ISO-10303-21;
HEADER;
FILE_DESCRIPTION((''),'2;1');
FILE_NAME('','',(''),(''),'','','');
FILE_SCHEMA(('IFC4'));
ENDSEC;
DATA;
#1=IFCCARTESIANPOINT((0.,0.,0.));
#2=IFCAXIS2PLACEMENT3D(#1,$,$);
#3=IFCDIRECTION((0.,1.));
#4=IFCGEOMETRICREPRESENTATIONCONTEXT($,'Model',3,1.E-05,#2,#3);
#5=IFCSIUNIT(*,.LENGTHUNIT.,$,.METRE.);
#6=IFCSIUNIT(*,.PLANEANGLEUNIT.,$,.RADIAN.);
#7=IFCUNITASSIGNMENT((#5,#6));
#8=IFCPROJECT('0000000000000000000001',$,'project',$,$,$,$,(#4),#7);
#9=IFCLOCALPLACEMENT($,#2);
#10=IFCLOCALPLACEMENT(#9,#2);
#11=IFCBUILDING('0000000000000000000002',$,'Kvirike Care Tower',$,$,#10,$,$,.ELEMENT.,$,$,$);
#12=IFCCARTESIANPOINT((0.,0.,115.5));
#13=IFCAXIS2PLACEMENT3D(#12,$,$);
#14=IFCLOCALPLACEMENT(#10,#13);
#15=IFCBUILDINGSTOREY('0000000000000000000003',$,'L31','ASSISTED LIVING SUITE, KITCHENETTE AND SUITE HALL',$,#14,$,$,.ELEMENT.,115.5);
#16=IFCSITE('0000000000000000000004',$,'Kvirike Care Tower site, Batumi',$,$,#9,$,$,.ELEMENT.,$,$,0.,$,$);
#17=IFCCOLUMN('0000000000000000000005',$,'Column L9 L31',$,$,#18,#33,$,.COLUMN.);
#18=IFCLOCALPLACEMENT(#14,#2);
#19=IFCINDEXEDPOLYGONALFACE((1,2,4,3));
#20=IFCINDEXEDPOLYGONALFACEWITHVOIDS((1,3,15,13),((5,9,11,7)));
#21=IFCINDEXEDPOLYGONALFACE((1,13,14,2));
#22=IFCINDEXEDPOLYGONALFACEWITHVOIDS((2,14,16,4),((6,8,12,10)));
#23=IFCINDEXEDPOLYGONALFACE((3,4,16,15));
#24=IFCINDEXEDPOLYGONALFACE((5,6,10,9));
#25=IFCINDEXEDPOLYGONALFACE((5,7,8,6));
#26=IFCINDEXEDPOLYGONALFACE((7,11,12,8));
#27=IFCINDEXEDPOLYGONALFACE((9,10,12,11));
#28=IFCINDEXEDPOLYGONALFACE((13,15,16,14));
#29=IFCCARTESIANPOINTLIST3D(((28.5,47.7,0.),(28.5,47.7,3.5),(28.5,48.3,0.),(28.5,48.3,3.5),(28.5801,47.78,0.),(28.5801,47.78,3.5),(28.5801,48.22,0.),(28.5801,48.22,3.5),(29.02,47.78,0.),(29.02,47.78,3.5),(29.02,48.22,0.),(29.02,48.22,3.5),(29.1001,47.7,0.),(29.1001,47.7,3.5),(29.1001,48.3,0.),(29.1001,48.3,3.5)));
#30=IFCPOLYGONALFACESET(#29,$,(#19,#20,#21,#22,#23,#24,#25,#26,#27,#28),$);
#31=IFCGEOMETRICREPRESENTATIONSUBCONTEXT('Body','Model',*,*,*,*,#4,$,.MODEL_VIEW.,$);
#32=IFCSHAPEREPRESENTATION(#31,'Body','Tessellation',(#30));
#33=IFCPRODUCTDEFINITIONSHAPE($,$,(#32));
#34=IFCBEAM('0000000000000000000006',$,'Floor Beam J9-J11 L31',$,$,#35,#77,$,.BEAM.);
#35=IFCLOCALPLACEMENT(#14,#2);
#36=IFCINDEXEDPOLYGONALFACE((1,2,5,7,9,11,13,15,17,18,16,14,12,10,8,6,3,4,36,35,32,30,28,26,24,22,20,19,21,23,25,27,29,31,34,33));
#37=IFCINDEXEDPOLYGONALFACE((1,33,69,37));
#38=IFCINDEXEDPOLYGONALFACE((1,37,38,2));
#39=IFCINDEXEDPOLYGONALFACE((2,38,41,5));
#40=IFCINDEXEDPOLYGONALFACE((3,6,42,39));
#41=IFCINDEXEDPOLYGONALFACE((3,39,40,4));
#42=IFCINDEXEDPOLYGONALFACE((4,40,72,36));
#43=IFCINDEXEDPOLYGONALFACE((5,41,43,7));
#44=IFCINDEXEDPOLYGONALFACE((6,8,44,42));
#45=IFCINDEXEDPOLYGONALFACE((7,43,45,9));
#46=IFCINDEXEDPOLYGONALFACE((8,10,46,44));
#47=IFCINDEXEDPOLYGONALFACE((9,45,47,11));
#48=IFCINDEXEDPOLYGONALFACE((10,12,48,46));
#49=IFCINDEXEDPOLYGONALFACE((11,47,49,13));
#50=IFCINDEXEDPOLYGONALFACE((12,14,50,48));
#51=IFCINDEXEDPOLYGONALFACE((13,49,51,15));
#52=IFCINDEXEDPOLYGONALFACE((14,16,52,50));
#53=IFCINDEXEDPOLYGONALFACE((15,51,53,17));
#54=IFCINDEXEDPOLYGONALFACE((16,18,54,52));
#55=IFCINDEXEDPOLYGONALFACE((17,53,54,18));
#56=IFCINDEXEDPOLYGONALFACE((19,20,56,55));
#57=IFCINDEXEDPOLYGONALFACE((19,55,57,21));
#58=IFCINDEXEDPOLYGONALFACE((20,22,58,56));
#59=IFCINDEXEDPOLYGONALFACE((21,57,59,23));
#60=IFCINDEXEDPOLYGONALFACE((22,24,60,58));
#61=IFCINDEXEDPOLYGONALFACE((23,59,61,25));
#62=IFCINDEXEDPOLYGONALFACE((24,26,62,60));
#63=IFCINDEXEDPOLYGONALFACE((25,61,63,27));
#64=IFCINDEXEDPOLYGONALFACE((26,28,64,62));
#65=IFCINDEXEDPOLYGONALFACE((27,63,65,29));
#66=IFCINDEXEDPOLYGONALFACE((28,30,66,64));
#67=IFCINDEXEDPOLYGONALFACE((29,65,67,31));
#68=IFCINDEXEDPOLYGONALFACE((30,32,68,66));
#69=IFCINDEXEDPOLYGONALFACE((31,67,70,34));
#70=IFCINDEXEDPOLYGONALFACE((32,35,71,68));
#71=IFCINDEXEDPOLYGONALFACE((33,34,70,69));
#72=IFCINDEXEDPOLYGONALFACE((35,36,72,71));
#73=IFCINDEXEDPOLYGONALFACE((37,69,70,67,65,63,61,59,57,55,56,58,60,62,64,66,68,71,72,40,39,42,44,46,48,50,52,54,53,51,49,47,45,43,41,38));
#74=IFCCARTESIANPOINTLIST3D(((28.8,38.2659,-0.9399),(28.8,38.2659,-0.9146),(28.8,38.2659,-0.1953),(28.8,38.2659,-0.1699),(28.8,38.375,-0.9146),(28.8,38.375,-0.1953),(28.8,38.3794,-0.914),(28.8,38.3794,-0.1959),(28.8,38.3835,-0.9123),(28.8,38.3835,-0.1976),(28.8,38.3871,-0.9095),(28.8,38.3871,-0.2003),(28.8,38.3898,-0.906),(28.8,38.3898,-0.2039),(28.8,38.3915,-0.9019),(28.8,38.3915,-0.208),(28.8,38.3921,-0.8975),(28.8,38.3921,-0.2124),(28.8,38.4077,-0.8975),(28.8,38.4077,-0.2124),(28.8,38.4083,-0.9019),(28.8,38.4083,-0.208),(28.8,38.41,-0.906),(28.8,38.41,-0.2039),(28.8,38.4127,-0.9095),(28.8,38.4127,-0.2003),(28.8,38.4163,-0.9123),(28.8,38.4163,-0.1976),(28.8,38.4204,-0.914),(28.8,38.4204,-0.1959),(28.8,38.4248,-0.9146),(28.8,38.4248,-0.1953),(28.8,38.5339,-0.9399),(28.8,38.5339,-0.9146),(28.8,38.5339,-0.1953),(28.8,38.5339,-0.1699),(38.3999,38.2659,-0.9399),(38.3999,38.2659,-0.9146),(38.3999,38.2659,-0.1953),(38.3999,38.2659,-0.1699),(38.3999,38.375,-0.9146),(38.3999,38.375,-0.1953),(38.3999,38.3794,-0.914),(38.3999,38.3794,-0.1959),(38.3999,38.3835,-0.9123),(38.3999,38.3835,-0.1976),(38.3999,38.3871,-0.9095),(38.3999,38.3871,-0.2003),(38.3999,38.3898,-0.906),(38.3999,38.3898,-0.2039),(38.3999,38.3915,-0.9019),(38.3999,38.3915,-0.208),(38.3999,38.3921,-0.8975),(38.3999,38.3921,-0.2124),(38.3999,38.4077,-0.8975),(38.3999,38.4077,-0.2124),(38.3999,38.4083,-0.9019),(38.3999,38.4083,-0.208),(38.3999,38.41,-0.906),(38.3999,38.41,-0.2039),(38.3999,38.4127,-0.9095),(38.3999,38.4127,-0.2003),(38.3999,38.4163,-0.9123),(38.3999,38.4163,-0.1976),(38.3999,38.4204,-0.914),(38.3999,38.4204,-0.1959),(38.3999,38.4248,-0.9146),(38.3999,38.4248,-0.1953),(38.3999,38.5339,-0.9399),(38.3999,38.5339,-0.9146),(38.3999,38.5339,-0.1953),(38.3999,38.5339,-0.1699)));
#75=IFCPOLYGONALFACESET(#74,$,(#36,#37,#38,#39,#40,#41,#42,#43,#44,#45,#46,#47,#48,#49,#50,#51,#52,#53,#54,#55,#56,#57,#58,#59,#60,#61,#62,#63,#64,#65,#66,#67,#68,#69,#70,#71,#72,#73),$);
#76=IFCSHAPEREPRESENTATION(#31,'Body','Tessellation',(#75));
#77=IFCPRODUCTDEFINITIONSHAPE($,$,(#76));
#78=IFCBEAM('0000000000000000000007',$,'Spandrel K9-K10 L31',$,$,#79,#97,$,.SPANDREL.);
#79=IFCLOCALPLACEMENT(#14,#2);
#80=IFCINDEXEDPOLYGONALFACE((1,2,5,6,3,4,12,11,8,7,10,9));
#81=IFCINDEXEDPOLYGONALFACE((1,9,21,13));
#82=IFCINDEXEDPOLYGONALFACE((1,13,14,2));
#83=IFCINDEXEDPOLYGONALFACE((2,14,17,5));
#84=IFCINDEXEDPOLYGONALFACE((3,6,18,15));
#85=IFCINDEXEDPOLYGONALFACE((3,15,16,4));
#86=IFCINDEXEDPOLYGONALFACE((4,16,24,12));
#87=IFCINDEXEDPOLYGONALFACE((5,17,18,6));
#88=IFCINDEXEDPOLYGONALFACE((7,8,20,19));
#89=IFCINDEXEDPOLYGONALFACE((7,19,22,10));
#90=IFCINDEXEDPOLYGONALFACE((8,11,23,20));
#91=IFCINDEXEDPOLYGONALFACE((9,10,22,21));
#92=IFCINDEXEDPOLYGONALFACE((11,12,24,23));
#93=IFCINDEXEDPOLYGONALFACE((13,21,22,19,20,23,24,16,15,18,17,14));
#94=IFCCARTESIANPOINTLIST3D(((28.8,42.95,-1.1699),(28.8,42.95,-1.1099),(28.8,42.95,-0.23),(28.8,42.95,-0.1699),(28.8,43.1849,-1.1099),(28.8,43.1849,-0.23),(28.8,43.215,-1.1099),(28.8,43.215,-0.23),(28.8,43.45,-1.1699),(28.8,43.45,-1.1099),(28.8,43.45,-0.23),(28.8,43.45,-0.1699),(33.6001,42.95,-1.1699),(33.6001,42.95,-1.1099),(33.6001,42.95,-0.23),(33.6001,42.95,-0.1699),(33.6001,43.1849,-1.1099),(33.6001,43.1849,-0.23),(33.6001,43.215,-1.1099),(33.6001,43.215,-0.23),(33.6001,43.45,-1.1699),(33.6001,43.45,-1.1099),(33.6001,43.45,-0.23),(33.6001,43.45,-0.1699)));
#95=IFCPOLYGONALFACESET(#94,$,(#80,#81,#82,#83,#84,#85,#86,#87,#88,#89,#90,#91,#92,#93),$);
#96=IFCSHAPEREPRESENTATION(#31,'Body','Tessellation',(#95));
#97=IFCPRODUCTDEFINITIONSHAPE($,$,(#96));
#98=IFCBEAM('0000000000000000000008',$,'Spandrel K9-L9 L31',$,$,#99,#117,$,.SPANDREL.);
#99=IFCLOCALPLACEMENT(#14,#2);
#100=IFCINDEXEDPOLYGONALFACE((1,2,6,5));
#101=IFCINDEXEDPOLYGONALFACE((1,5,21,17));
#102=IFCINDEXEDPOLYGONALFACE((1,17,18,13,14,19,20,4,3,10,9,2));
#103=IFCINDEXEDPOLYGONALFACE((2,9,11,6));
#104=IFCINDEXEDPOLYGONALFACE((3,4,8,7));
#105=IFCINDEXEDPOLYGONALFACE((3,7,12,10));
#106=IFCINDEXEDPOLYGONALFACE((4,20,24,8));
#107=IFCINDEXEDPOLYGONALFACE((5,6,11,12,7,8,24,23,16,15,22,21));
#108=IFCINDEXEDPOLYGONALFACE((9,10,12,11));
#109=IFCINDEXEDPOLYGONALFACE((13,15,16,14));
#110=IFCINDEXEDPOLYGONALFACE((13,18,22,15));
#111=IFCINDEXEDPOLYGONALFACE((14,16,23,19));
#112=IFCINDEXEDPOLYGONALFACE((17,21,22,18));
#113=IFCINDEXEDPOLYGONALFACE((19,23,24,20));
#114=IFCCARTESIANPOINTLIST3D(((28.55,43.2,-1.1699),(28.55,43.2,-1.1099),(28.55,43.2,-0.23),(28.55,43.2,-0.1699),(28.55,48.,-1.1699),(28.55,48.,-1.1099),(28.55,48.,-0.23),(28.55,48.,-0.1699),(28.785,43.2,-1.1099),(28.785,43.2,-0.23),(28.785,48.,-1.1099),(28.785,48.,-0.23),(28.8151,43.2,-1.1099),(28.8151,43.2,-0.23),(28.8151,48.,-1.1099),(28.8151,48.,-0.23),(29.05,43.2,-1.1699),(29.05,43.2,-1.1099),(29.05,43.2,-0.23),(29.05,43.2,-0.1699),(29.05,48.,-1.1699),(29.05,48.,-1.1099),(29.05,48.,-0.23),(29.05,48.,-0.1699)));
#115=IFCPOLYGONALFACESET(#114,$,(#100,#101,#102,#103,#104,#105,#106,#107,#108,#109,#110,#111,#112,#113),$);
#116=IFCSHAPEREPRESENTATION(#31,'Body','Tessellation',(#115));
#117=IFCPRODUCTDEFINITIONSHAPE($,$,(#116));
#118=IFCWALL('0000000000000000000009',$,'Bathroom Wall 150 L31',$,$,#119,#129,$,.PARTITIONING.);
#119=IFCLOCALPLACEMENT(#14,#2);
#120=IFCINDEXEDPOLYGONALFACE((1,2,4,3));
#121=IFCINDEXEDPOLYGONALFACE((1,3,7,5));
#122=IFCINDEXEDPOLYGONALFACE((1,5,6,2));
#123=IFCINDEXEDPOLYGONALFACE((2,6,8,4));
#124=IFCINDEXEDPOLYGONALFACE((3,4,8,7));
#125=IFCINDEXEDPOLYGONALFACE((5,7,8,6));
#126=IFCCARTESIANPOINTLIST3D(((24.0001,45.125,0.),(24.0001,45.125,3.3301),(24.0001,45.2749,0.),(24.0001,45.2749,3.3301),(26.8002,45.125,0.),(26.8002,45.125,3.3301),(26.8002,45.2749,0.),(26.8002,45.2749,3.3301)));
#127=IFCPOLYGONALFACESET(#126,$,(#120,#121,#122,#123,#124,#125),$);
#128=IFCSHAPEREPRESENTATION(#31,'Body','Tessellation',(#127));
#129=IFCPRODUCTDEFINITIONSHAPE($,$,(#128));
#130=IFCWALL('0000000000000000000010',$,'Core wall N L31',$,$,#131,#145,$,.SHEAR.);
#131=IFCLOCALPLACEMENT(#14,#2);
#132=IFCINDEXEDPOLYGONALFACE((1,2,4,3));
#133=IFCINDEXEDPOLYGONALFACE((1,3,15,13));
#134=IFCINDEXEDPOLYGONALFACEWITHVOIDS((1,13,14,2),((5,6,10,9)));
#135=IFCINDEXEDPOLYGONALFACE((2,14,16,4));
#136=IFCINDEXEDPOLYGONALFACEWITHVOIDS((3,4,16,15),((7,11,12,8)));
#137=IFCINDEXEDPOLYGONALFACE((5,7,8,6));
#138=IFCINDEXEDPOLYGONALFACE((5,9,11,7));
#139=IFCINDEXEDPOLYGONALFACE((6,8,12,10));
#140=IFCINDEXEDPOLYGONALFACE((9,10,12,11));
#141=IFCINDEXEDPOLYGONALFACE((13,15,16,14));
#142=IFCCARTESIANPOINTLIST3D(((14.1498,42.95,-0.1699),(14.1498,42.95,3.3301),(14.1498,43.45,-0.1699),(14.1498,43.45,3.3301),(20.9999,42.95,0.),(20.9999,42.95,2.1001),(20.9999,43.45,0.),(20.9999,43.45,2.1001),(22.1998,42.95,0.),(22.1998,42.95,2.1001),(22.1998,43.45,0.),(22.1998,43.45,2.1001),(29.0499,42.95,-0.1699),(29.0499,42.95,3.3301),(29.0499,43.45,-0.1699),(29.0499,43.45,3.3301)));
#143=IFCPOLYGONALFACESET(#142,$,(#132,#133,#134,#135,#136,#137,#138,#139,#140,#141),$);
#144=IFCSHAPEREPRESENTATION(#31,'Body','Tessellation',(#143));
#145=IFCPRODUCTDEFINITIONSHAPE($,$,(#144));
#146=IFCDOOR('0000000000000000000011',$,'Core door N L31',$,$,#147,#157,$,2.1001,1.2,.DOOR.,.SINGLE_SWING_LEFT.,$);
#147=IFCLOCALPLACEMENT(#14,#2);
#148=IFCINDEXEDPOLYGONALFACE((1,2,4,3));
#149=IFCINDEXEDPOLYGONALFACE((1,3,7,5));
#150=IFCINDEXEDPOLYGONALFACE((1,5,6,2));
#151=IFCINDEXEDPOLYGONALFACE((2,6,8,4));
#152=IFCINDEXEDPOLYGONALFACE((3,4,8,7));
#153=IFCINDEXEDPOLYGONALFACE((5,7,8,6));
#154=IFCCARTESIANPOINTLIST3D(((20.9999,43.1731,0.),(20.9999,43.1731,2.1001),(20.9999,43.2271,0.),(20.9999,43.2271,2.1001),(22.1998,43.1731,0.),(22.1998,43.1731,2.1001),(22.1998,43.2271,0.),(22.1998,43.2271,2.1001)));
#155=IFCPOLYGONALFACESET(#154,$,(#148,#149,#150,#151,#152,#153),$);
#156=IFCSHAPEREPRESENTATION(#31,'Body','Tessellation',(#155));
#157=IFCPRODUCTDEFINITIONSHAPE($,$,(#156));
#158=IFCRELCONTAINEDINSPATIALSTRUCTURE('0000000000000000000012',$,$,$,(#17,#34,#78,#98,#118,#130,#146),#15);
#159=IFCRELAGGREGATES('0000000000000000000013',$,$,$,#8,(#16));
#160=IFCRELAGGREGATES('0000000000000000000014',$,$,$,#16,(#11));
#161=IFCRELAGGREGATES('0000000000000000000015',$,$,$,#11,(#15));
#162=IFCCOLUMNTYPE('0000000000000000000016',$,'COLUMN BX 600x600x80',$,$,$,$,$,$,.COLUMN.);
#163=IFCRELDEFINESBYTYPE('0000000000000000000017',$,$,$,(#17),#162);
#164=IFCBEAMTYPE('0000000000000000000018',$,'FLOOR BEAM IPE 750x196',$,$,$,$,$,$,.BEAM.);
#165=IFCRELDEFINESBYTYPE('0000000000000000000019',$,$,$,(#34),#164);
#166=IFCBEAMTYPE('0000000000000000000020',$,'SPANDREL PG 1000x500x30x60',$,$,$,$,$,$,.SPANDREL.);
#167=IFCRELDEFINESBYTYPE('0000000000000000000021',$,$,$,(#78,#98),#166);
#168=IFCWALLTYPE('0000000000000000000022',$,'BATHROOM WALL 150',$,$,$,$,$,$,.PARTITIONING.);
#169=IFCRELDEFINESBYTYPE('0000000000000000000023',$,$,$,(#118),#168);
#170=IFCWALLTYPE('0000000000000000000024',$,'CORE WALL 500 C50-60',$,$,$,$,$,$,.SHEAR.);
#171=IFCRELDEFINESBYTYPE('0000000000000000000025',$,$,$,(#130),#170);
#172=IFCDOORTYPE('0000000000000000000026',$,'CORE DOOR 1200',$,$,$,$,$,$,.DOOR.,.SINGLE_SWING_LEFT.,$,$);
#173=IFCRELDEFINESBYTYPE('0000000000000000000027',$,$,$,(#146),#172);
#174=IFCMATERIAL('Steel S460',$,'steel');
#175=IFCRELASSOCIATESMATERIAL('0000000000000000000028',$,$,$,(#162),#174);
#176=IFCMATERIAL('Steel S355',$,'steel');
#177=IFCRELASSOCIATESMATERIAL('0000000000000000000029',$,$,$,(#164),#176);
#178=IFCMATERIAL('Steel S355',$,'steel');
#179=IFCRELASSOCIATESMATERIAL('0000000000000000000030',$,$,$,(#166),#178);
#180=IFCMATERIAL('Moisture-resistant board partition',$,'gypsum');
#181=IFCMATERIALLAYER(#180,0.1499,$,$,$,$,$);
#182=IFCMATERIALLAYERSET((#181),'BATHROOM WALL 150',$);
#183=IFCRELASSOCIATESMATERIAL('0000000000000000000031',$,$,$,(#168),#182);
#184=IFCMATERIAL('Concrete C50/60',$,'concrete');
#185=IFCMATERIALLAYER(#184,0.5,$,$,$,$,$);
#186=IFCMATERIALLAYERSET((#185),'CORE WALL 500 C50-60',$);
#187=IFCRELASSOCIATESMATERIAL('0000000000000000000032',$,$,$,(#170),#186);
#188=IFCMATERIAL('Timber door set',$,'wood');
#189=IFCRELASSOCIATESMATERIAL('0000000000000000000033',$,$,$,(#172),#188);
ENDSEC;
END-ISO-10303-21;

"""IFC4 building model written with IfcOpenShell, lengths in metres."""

from ifc_helpers import new_model, si_unit, direction, frame, frame_2d, origin, origin_2d, place, context, subcontext, project, spatial, rectangle, hollow_rectangle, i_section, extrude, material, layer, layer_set, material_profile, profile_set, type_object, element, fill, save


model = new_model("IFC4")

# Units and contexts
model_context = context("Model", 3, precision=1e-05, world=origin(), true_north=direction((0.0, 1.0)))
body_context = subcontext(model_context, "Body", "Model", "MODEL_VIEW")
ifc_project = project(units=[si_unit("LENGTHUNIT", "METRE"), si_unit("PLANEANGLEUNIT", "RADIAN")], contexts=[model_context])

# Site, building, storey
site_placement = place(None, origin())
site = spatial("IfcSite", under=ifc_project, at=site_placement, Name="Kvirike Care Tower site, Batumi", CompositionType="ELEMENT", RefElevation=0.0)
building_placement = place(site_placement, origin())
building = spatial("IfcBuilding", under=site, at=building_placement, Name="Kvirike Care Tower", CompositionType="ELEMENT")
storey_placement = place(building_placement, frame((0.0, 0.0, 115.5)))
storey = spatial("IfcBuildingStorey", under=building, at=storey_placement, Name="L31", Description="ASSISTED LIVING SUITE, KITCHENETTE AND SUITE HALL", CompositionType="ELEMENT", Elevation=115.5)

# Column
ifc_material_1 = material(Name="Steel S460", Category="steel")
ifc_material_profile_1 = material_profile(ifc_material_1, hollow_rectangle(XDim=0.6001, YDim=0.6001, WallThickness=0.0801, at=origin_2d()), Name="BX 600x600x80")
ifc_profile_set_1 = profile_set([ifc_material_profile_1], Name="Steel S460")
column_type = type_object("IfcColumnType", Name="COLUMN BX 600x600x80", PredefinedType="COLUMN", material=ifc_profile_set_1)
column_placement = place(storey_placement, frame((28.8, 48.0, 0.0), z_axis=(0.0, 0.0, 1.0), x_axis=(1.0, 0.0, 0.0)))
element("IfcColumn", 1, at=column_placement, inside=storey, type_object=column_type, Name="Column L9 L31", PredefinedType="COLUMN", context=body_context, shape_type="SweptSolid", body=[
    extrude(hollow_rectangle(XDim=0.6001, YDim=0.6001, WallThickness=0.0801, at=origin_2d()), origin(), (0.0, 0.0, 1.0), 3.5),
])

# Beams
ifc_material_2 = material(Name="Steel S355", Category="steel")
ifc_material_profile_2 = material_profile(ifc_material_2, i_section(OverallWidth=0.2681, OverallDepth=0.77, WebThickness=0.0156, FlangeThickness=0.0254, FilletRadius=0.0171, at=origin_2d()), Name="IPE 750x196")
ifc_profile_set_2 = profile_set([ifc_material_profile_2], Name="Steel S355")
beam_type_1 = type_object("IfcBeamType", Name="FLOOR BEAM IPE 750x196", PredefinedType="BEAM", material=ifc_profile_set_2)
beam_placement = place(storey_placement, frame((28.8, 38.3999, -0.5549), z_axis=(1.0, 0.0, 0.0), x_axis=(0.0, 1.0, 0.0)))
element("IfcBeam", 2, at=beam_placement, inside=storey, type_object=beam_type_1, Name="Floor Beam J9-J11 L31", PredefinedType="BEAM", context=body_context, shape_type="SweptSolid", body=[
    extrude(i_section(OverallWidth=0.2681, OverallDepth=0.77, WebThickness=0.0156, FlangeThickness=0.0254, FilletRadius=0.0171, at=origin_2d()), origin(), (0.0, 0.0, 1.0), 9.5999),
])
ifc_material_3 = material(Name="Steel S355", Category="steel")
ifc_material_profile_3 = material_profile(ifc_material_3, i_section(OverallWidth=0.5, OverallDepth=1.0, WebThickness=0.03, FlangeThickness=0.0601, at=origin_2d()), Name="PG 1000x500x30x60")
ifc_profile_set_3 = profile_set([ifc_material_profile_3], Name="Steel S355")
beam_type_2 = type_object("IfcBeamType", Name="SPANDREL PG 1000x500x30x60", PredefinedType="SPANDREL", material=ifc_profile_set_3)
for number, where, z_axis, x_axis, name in (
    (3, (28.8, 43.2, -0.6699), (1.0, 0.0, 0.0), (0.0, 1.0, 0.0), "Spandrel K9-K10 L31"),
    (4, (28.8, 43.2, -0.6699), (0.0, 1.0, 0.0), (-1.0, 0.0, 0.0), "Spandrel K9-L9 L31"),
):
    element("IfcBeam", number, at=place(storey_placement, frame(where, z_axis=z_axis, x_axis=x_axis)), inside=storey, type_object=beam_type_2, Name=name, PredefinedType="SPANDREL", context=body_context, shape_type="SweptSolid", body=[
        extrude(i_section(OverallWidth=0.5, OverallDepth=1.0, WebThickness=0.03, FlangeThickness=0.0601, at=origin_2d()), origin(), (0.0, 0.0, 1.0), 4.8),
    ])

# Wall
ifc_material_4 = material(Name="Moisture-resistant board partition", Category="gypsum")
ifc_layer_1 = layer(ifc_material_4, 0.1499)
ifc_layer_set_1 = layer_set([ifc_layer_1], Name="BATHROOM WALL 150")
wall_type_1 = type_object("IfcWallType", Name="BATHROOM WALL 150", PredefinedType="PARTITIONING", material=ifc_layer_set_1)
wall_1_placement = place(storey_placement, frame((26.8, 45.2, 0.0), z_axis=(0.0, 0.0, 1.0), x_axis=(-1.0, 0.0, 0.0)))
element("IfcWall", 5, at=wall_1_placement, inside=storey, type_object=wall_type_1, Name="Bathroom Wall 150 L31", PredefinedType="PARTITIONING", context=body_context, shape_type="SweptSolid", body=[
    extrude(rectangle(XDim=2.8, YDim=0.1499, at=frame_2d((1.3999, 0.0))), origin(), (0.0, 0.0, 1.0), 3.3301),
])

# Wall, opening, door
ifc_material_5 = material(Name="Concrete C50/60", Category="concrete")
ifc_layer_2 = layer(ifc_material_5, 0.5)
ifc_layer_set_2 = layer_set([ifc_layer_2], Name="CORE WALL 500 C50-60")
wall_type_2 = type_object("IfcWallType", Name="CORE WALL 500 C50-60", PredefinedType="SHEAR", material=ifc_layer_set_2)
wall_2_placement = place(storey_placement, frame((29.05, 43.2, -0.1699), z_axis=(0.0, 0.0, 1.0), x_axis=(-1.0, 0.0, 0.0)))
wall_2 = element("IfcWall", 6, at=wall_2_placement, inside=storey, type_object=wall_type_2, Name="Core wall N L31", PredefinedType="SHEAR", context=body_context, shape_type="SweptSolid", body=[
    extrude(rectangle(XDim=14.9001, YDim=0.5, at=frame_2d((7.4502, 0.0))), origin(), (0.0, 0.0, 1.0), 3.5),
])
opening_1_placement = place(wall_2_placement, frame((6.8501, 0.0, 0.1699)))
opening_1 = element("IfcOpeningElement", 7, at=opening_1_placement, cuts=wall_2, PredefinedType="OPENING", context=body_context, shape_type="SweptSolid", body=[
    extrude(rectangle(XDim=1.2, YDim=2.1001, at=frame_2d((0.6001, 1.05))), frame((0.0, 0.2605, 0.0), z_axis=(0.0, -1.0, 0.0), x_axis=(1.0, 0.0, 0.0)), (0.0, 0.0, 1.0), 0.521),
])
ifc_material_6 = material(Name="Timber door set", Category="wood")
door_type_1 = type_object("IfcDoorType", Name="CORE DOOR 1200", OperationType="SINGLE_SWING_LEFT", PredefinedType="DOOR", material=ifc_material_6)
door_1_placement = place(opening_1_placement, origin())
door_1 = element("IfcDoor", 8, at=door_1_placement, inside=storey, type_object=door_type_1, Name="Core door N L31", OperationType="SINGLE_SWING_LEFT", OverallHeight=2.1001, OverallWidth=1.2, PredefinedType="DOOR", context=body_context, shape_type="SweptSolid", body=[
    extrude(rectangle(XDim=1.2, YDim=2.1001, at=frame_2d((0.6001, 1.05))), frame((0.0, 0.0269, 0.0), z_axis=(0.0, -1.0, 0.0), x_axis=(1.0, 0.0, 0.0)), (0.0, 0.0, 1.0), 0.054),
])
fill(opening_1, door_1)

save(model, "model.ifc")
